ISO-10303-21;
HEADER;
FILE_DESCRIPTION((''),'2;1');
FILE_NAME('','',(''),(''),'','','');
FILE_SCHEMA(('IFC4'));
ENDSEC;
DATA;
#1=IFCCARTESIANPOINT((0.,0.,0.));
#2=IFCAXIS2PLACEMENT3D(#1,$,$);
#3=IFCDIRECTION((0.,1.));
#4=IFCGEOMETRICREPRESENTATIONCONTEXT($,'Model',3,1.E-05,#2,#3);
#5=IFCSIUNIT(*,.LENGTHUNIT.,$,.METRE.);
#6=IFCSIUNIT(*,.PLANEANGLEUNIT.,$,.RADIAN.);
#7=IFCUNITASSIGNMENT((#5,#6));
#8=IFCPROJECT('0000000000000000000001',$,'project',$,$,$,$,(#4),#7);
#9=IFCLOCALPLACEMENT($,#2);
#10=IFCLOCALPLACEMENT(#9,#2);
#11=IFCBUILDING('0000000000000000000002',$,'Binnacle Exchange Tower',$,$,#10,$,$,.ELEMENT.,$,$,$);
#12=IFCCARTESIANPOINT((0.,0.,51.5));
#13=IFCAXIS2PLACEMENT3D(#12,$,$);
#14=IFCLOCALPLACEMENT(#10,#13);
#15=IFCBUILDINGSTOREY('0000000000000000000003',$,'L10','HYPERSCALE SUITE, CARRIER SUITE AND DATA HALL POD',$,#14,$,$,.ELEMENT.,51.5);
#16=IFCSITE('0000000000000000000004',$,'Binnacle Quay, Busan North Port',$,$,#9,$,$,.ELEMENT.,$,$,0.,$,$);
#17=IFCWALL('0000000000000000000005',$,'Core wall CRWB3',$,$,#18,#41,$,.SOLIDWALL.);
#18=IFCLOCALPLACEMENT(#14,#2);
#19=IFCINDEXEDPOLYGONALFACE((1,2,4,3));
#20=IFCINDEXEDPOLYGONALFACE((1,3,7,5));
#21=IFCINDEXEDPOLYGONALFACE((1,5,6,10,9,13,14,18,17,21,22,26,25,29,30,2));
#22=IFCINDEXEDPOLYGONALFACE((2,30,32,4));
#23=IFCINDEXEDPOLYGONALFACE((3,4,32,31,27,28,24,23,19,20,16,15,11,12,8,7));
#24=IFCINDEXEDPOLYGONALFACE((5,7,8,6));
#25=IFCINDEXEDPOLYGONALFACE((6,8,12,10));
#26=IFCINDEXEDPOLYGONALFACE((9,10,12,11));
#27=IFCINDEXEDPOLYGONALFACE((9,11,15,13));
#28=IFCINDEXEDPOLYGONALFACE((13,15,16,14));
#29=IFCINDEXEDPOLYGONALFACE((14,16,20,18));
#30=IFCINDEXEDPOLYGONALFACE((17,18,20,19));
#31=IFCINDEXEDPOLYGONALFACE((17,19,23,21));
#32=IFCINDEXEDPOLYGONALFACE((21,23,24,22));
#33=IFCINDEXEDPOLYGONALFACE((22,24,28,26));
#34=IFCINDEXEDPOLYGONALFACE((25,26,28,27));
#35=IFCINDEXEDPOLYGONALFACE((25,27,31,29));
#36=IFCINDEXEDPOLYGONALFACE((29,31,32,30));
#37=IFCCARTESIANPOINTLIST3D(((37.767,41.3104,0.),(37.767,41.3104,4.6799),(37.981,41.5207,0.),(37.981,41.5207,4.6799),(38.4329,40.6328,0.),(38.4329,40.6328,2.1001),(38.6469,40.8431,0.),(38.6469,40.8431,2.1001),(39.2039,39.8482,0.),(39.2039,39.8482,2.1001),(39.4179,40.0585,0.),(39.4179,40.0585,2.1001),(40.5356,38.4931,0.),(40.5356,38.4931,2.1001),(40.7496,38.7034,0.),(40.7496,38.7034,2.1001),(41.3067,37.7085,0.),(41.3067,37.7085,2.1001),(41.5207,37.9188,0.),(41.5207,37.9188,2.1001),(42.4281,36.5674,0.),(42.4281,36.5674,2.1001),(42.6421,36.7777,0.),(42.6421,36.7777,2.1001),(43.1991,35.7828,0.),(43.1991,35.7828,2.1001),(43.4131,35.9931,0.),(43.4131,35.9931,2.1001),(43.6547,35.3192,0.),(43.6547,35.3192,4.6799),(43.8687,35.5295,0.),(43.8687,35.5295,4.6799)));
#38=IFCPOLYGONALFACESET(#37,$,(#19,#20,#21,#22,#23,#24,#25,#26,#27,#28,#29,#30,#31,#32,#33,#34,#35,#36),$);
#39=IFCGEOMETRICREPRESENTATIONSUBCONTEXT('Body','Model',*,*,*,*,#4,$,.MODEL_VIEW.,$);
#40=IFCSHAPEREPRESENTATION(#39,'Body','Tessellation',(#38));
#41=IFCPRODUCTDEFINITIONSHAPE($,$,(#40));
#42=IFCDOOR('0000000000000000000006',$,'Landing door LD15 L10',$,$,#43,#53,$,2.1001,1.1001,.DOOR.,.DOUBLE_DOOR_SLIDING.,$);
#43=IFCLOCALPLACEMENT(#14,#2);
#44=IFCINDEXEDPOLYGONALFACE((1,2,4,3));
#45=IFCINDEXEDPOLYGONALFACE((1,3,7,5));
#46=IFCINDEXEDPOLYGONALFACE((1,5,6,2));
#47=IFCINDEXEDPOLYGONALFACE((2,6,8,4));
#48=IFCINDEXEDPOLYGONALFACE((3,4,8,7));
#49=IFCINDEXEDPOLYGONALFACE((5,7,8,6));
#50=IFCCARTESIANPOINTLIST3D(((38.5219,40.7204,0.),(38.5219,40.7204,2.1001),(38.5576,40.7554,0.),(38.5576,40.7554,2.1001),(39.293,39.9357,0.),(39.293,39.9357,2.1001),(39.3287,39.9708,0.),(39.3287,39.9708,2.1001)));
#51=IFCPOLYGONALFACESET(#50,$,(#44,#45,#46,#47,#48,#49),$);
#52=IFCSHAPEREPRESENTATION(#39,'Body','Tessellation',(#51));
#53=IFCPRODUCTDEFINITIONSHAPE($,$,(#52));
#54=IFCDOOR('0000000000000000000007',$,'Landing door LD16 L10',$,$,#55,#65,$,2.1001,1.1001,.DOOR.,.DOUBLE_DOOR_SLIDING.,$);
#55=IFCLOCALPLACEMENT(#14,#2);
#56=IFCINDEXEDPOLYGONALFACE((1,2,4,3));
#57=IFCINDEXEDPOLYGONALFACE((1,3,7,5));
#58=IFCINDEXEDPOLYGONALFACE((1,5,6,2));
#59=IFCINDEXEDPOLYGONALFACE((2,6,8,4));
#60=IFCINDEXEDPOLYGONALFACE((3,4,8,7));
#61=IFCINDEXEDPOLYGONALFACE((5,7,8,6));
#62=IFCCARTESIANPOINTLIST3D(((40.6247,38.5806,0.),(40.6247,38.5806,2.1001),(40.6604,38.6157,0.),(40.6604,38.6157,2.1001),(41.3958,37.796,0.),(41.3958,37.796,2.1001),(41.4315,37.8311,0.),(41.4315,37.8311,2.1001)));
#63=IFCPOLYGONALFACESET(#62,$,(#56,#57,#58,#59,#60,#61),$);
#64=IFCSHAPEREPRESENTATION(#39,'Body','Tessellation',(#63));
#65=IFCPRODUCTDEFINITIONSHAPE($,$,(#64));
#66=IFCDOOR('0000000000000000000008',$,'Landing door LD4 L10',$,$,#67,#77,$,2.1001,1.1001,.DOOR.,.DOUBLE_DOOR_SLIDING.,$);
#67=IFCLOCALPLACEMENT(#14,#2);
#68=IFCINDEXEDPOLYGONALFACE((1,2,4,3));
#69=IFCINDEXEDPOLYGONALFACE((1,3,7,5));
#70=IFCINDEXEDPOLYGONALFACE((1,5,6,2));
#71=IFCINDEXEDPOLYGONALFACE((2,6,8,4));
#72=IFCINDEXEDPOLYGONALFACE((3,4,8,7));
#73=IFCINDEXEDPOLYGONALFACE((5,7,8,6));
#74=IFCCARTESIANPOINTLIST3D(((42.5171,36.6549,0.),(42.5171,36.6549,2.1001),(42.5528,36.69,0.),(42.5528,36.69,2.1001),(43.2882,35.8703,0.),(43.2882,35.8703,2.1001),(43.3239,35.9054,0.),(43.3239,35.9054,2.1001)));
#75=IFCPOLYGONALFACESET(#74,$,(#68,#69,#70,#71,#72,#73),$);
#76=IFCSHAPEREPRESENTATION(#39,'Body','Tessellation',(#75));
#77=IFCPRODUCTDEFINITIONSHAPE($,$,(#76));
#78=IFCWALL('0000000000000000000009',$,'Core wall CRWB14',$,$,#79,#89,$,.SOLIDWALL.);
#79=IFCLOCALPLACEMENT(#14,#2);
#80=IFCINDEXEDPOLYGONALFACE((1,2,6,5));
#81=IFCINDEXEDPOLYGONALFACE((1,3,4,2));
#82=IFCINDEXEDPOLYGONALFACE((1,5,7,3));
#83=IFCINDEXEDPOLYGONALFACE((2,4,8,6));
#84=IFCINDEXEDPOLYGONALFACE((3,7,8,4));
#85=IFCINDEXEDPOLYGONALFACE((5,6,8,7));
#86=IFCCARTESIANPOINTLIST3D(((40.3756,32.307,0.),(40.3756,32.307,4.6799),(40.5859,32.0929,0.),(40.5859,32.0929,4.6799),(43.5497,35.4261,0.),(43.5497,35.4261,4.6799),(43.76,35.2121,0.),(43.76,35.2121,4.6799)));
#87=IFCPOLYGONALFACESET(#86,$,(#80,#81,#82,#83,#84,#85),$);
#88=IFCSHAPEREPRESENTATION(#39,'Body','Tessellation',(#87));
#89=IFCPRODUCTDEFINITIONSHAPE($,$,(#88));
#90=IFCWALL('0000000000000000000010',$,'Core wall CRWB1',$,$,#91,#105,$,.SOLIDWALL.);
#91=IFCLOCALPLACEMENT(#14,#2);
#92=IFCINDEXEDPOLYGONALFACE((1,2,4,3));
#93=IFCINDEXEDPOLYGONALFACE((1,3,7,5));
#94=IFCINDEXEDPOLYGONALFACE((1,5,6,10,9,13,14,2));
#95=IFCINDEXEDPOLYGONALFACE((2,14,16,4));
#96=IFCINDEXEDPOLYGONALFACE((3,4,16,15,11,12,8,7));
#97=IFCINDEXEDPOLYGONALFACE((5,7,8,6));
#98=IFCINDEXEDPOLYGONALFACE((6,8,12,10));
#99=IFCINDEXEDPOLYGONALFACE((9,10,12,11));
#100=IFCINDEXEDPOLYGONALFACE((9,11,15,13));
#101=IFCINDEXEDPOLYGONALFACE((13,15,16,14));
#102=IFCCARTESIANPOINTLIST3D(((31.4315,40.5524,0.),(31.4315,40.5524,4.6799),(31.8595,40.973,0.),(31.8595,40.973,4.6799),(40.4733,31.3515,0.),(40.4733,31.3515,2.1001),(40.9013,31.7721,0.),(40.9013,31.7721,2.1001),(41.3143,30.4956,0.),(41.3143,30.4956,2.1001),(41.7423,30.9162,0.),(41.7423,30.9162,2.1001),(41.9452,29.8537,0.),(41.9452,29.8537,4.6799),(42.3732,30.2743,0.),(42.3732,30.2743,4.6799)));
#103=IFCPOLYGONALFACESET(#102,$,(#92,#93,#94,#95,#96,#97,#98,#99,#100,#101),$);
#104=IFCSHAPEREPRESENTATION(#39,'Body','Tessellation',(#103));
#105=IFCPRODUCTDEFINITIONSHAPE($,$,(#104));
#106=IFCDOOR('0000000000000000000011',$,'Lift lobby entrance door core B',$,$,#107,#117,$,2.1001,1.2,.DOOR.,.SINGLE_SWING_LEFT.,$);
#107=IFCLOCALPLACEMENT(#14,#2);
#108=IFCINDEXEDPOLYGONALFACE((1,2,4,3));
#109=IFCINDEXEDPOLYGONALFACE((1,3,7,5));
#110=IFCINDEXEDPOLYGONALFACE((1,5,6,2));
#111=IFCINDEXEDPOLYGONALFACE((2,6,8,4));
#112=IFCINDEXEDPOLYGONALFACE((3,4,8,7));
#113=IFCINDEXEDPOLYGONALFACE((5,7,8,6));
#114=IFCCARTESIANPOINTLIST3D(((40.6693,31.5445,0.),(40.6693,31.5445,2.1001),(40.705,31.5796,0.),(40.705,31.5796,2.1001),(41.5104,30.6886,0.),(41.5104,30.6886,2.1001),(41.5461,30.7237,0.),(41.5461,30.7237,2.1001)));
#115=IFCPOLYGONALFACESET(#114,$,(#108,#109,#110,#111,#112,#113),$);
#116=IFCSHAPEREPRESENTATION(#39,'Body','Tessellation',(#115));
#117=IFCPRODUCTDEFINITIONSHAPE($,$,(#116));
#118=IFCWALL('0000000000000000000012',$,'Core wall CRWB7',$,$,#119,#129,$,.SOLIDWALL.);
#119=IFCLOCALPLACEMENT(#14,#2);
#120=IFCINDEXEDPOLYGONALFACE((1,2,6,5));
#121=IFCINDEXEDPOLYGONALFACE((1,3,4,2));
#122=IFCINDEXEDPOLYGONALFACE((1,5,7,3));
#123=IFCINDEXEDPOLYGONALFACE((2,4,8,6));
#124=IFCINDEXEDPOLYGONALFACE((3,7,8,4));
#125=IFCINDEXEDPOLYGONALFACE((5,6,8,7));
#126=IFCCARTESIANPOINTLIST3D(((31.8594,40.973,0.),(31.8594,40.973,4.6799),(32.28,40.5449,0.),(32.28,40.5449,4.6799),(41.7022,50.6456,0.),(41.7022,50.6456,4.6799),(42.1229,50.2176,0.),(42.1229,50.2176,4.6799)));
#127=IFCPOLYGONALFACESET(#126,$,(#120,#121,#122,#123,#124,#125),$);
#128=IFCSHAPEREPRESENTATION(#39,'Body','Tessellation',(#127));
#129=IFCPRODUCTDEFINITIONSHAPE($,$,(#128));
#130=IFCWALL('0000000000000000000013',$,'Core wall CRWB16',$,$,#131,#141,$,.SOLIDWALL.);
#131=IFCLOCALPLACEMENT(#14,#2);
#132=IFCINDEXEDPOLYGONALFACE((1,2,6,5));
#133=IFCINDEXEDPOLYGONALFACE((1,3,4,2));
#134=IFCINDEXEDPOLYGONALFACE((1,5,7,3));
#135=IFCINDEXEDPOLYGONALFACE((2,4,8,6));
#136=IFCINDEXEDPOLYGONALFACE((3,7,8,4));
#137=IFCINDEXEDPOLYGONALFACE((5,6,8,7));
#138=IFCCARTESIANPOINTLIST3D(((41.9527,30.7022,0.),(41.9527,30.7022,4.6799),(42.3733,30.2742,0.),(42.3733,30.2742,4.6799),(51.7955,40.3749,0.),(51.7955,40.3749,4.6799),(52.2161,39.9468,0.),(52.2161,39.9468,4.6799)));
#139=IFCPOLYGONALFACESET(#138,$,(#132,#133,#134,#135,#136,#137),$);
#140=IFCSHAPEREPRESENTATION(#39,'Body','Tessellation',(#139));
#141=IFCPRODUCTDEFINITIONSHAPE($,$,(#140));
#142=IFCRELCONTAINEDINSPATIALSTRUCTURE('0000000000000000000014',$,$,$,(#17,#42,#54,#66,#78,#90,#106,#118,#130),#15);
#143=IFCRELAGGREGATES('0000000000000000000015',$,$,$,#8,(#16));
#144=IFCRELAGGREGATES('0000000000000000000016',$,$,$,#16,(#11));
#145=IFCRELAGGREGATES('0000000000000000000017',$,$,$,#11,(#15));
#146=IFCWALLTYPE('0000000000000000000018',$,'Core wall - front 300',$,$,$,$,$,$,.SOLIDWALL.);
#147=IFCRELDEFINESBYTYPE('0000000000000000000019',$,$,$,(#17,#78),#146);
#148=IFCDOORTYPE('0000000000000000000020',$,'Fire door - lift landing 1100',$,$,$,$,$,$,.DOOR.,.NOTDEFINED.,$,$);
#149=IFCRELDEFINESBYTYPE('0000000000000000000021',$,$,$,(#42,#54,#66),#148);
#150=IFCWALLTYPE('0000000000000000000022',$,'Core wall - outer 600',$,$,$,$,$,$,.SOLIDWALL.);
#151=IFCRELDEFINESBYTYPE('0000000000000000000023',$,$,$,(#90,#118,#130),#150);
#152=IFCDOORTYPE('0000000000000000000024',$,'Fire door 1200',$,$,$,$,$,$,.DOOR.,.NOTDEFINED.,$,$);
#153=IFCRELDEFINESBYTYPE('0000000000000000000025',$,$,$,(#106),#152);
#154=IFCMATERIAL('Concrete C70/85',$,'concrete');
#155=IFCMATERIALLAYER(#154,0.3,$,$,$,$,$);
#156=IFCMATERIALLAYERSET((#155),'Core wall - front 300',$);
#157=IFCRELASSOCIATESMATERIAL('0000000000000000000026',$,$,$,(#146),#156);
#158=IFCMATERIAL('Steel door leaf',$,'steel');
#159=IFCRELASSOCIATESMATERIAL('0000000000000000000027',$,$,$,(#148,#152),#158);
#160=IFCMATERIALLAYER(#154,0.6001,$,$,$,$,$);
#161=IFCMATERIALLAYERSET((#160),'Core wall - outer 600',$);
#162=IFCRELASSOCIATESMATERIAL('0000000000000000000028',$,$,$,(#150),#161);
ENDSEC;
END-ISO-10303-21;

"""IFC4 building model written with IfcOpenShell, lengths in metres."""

from ifc_helpers import new_model, si_unit, direction, frame, frame_2d, origin, place, context, subcontext, project, spatial, rectangle, extrude, material, layer, layer_set, type_object, element, fill, save


model = new_model("IFC4")

# Units and contexts
model_context = context("Model", 3, precision=1e-05, world=origin(), true_north=direction((0.0, 1.0)))
body_context = subcontext(model_context, "Body", "Model", "MODEL_VIEW")
ifc_project = project(units=[si_unit("LENGTHUNIT", "METRE"), si_unit("PLANEANGLEUNIT", "RADIAN")], contexts=[model_context])

# Site, building, storey
site_placement = place(None, origin())
site = spatial("IfcSite", under=ifc_project, at=site_placement, Name="Binnacle Quay, Busan North Port", CompositionType="ELEMENT", RefElevation=0.0)
building_placement = place(site_placement, origin())
building = spatial("IfcBuilding", under=site, at=building_placement, Name="Binnacle Exchange Tower", CompositionType="ELEMENT")
storey_placement = place(building_placement, frame((0.0, 0.0, 51.5)))
storey = spatial("IfcBuildingStorey", under=building, at=storey_placement, Name="L10", Description="HYPERSCALE SUITE, CARRIER SUITE AND DATA HALL POD", CompositionType="ELEMENT", Elevation=51.5)

# Shared definitions
ifc_material_1 = material(Name="Concrete C70/85", Category="concrete")

# Wall, openings, doors
ifc_layer_1 = layer(ifc_material_1, 0.3)
ifc_layer_set_1 = layer_set([ifc_layer_1], Name="Core wall - front 300")
wall_type_1 = type_object("IfcWallType", Name="Core wall - front 300", PredefinedType="SOLIDWALL", material=ifc_layer_set_1)
wall_1_placement = place(storey_placement, frame((37.874, 41.4155, 0.0), z_axis=(0.0, 0.0, 1.0), x_axis=(0.700918, -0.713242, 0.0)))
wall_1 = element("IfcWall", 1, at=wall_1_placement, inside=storey, type_object=wall_type_1, Name="Core wall CRWB3", PredefinedType="SOLIDWALL", context=body_context, shape_type="SweptSolid", body=[
    extrude(rectangle(XDim=8.3999, YDim=0.3, at=frame_2d((4.2, 0.0))), origin(), (0.0, 0.0, 1.0), 4.6799),
])
opening_1_placement = place(wall_1_placement, frame((0.95, 0.0, 0.0)))
opening_1 = element("IfcOpeningElement", 2, at=opening_1_placement, cuts=wall_1, PredefinedType="OPENING", context=body_context, shape_type="SweptSolid", body=[
    extrude(rectangle(XDim=1.1001, YDim=2.1001, at=frame_2d((0.55, 1.05))), frame((0.0, 0.1599, 0.0), z_axis=(0.0, -1.0, 0.0), x_axis=(1.0, 0.0, 0.0)), (0.0, 0.0, 1.0), 0.3201),
])
opening_2_placement = place(wall_1_placement, frame((3.95, 0.0, 0.0)))
opening_2 = element("IfcOpeningElement", 3, at=opening_2_placement, cuts=wall_1, PredefinedType="OPENING", context=body_context, shape_type="SweptSolid", body=[
    extrude(rectangle(XDim=1.1001, YDim=2.1001, at=frame_2d((0.55, 1.05))), frame((0.0, 0.1599, 0.0), z_axis=(0.0, -1.0, 0.0), x_axis=(1.0, 0.0, 0.0)), (0.0, 0.0, 1.0), 0.3201),
])
opening_3_placement = place(wall_1_placement, frame((6.6499, 0.0, 0.0)))
opening_3 = element("IfcOpeningElement", 4, at=opening_3_placement, cuts=wall_1, PredefinedType="OPENING", context=body_context, shape_type="SweptSolid", body=[
    extrude(rectangle(XDim=1.1001, YDim=2.1001, at=frame_2d((0.55, 1.05))), frame((0.0, 0.1599, 0.0), z_axis=(0.0, -1.0, 0.0), x_axis=(1.0, 0.0, 0.0)), (0.0, 0.0, 1.0), 0.3201),
])
ifc_material_2 = material(Name="Steel door leaf", Category="steel")
door_type_1 = type_object("IfcDoorType", Name="Fire door - lift landing 1100", OperationType="NOTDEFINED", PredefinedType="DOOR", material=ifc_material_2)
door_1_placement = place(opening_1_placement, origin())
door_1 = element("IfcDoor", 5, at=door_1_placement, inside=storey, type_object=door_type_1, Name="Landing door LD15 L10", OperationType="DOUBLE_DOOR_SLIDING", OverallHeight=2.1001, OverallWidth=1.1001, PredefinedType="DOOR", context=body_context, shape_type="SweptSolid", body=[
    extrude(rectangle(XDim=1.1001, YDim=2.1001, at=frame_2d((0.55, 1.05))), frame((0.0, 0.0249, 0.0), z_axis=(0.0, -1.0, 0.0), x_axis=(1.0, 0.0, 0.0)), (0.0, 0.0, 1.0), 0.05),
])
fill(opening_1, door_1)
door_2_placement = place(opening_2_placement, origin())
door_2 = element("IfcDoor", 6, at=door_2_placement, inside=storey, type_object=door_type_1, Name="Landing door LD16 L10", OperationType="DOUBLE_DOOR_SLIDING", OverallHeight=2.1001, OverallWidth=1.1001, PredefinedType="DOOR", context=body_context, shape_type="SweptSolid", body=[
    extrude(rectangle(XDim=1.1001, YDim=2.1001, at=frame_2d((0.55, 1.05))), frame((0.0, 0.0249, 0.0), z_axis=(0.0, -1.0, 0.0), x_axis=(1.0, 0.0, 0.0)), (0.0, 0.0, 1.0), 0.05),
])
fill(opening_2, door_2)
door_3_placement = place(opening_3_placement, origin())
door_3 = element("IfcDoor", 7, at=door_3_placement, inside=storey, type_object=door_type_1, Name="Landing door LD4 L10", OperationType="DOUBLE_DOOR_SLIDING", OverallHeight=2.1001, OverallWidth=1.1001, PredefinedType="DOOR", context=body_context, shape_type="SweptSolid", body=[
    extrude(rectangle(XDim=1.1001, YDim=2.1001, at=frame_2d((0.55, 1.05))), frame((0.0, 0.0249, 0.0), z_axis=(0.0, -1.0, 0.0), x_axis=(1.0, 0.0, 0.0)), (0.0, 0.0, 1.0), 0.05),
])
fill(opening_3, door_3)

# Wall
wall_2_placement = place(storey_placement, frame((40.4807, 32.2, 0.0), z_axis=(0.0, 0.0, 1.0), x_axis=(0.713252, 0.700908, 0.0)))
element("IfcWall", 8, at=wall_2_placement, inside=storey, type_object=wall_type_1, Name="Core wall CRWB14", PredefinedType="SOLIDWALL", context=body_context, shape_type="SweptSolid", body=[
    extrude(rectangle(XDim=4.4502, YDim=0.3, at=frame_2d((2.2251, 0.0))), origin(), (0.0, 0.0, 1.0), 4.6799),
])

# Wall, opening, door
ifc_layer_2 = layer(ifc_material_1, 0.6001)
ifc_layer_set_2 = layer_set([ifc_layer_2], Name="Core wall - outer 600")
wall_type_2 = type_object("IfcWallType", Name="Core wall - outer 600", PredefinedType="SOLIDWALL", material=ifc_layer_set_2)
wall_3_placement = place(storey_placement, frame((31.6455, 40.7627, 0.0), z_axis=(0.0, 0.0, 1.0), x_axis=(0.700911, -0.713248, 0.0)))
wall_3 = element("IfcWall", 9, at=wall_3_placement, inside=storey, type_object=wall_type_2, Name="Core wall CRWB1", PredefinedType="SOLIDWALL", context=body_context, shape_type="SweptSolid", body=[
    extrude(rectangle(XDim=15.0, YDim=0.6001, at=frame_2d((7.5, 0.0))), origin(), (0.0, 0.0, 1.0), 4.6799),
])
opening_4_placement = place(wall_3_placement, frame((12.8999, 0.0, 0.0)))
opening_4 = element("IfcOpeningElement", 10, at=opening_4_placement, cuts=wall_3, PredefinedType="OPENING", context=body_context, shape_type="SweptSolid", body=[
    extrude(rectangle(XDim=1.2, YDim=2.1001, at=frame_2d((0.6001, 1.05))), frame((0.0, 0.3101, 0.0), z_axis=(0.0, -1.0, 0.0), x_axis=(1.0, 0.0, 0.0)), (0.0, 0.0, 1.0), 0.6201),
])
door_type_2 = type_object("IfcDoorType", Name="Fire door 1200", OperationType="NOTDEFINED", PredefinedType="DOOR", material=ifc_material_2)
door_4_placement = place(opening_4_placement, frame((1.2, 0.0, 0.0), z_axis=(0.0, 0.0, 1.0), x_axis=(-1.0, 0.0, 0.0)))
door_4 = element("IfcDoor", 11, at=door_4_placement, inside=storey, type_object=door_type_2, Name="Lift lobby entrance door core B", OperationType="SINGLE_SWING_LEFT", OverallHeight=2.1001, OverallWidth=1.2, PredefinedType="DOOR", context=body_context, shape_type="SweptSolid", body=[
    extrude(rectangle(XDim=1.2, YDim=2.1001, at=frame_2d((0.6001, 1.05))), frame((0.0, 0.0249, 0.0), z_axis=(0.0, -1.0, 0.0), x_axis=(1.0, 0.0, 0.0)), (0.0, 0.0, 1.0), 0.05),
])
fill(opening_4, door_4)

# Walls
for number, where, z_axis, x_axis, name in (
    (12, (32.0698, 40.759, 0.0), (0.0, 0.0, 1.0), (0.713245, 0.700914, 0.0), "Core wall CRWB7"),
    (13, (42.1631, 30.4883, 0.0), (0.0, 0.0, 1.0), (0.713245, 0.700914, 0.0), "Core wall CRWB16"),
):
    element("IfcWall", number, at=place(storey_placement, frame(where, z_axis=z_axis, x_axis=x_axis)), inside=storey, type_object=wall_type_2, Name=name, PredefinedType="SOLIDWALL", context=body_context, shape_type="SweptSolid", body=[
        extrude(rectangle(XDim=13.8, YDim=0.6001, at=frame_2d((6.8999, 0.0))), origin(), (0.0, 0.0, 1.0), 4.6799),
    ])

save(model, "model.ifc")
